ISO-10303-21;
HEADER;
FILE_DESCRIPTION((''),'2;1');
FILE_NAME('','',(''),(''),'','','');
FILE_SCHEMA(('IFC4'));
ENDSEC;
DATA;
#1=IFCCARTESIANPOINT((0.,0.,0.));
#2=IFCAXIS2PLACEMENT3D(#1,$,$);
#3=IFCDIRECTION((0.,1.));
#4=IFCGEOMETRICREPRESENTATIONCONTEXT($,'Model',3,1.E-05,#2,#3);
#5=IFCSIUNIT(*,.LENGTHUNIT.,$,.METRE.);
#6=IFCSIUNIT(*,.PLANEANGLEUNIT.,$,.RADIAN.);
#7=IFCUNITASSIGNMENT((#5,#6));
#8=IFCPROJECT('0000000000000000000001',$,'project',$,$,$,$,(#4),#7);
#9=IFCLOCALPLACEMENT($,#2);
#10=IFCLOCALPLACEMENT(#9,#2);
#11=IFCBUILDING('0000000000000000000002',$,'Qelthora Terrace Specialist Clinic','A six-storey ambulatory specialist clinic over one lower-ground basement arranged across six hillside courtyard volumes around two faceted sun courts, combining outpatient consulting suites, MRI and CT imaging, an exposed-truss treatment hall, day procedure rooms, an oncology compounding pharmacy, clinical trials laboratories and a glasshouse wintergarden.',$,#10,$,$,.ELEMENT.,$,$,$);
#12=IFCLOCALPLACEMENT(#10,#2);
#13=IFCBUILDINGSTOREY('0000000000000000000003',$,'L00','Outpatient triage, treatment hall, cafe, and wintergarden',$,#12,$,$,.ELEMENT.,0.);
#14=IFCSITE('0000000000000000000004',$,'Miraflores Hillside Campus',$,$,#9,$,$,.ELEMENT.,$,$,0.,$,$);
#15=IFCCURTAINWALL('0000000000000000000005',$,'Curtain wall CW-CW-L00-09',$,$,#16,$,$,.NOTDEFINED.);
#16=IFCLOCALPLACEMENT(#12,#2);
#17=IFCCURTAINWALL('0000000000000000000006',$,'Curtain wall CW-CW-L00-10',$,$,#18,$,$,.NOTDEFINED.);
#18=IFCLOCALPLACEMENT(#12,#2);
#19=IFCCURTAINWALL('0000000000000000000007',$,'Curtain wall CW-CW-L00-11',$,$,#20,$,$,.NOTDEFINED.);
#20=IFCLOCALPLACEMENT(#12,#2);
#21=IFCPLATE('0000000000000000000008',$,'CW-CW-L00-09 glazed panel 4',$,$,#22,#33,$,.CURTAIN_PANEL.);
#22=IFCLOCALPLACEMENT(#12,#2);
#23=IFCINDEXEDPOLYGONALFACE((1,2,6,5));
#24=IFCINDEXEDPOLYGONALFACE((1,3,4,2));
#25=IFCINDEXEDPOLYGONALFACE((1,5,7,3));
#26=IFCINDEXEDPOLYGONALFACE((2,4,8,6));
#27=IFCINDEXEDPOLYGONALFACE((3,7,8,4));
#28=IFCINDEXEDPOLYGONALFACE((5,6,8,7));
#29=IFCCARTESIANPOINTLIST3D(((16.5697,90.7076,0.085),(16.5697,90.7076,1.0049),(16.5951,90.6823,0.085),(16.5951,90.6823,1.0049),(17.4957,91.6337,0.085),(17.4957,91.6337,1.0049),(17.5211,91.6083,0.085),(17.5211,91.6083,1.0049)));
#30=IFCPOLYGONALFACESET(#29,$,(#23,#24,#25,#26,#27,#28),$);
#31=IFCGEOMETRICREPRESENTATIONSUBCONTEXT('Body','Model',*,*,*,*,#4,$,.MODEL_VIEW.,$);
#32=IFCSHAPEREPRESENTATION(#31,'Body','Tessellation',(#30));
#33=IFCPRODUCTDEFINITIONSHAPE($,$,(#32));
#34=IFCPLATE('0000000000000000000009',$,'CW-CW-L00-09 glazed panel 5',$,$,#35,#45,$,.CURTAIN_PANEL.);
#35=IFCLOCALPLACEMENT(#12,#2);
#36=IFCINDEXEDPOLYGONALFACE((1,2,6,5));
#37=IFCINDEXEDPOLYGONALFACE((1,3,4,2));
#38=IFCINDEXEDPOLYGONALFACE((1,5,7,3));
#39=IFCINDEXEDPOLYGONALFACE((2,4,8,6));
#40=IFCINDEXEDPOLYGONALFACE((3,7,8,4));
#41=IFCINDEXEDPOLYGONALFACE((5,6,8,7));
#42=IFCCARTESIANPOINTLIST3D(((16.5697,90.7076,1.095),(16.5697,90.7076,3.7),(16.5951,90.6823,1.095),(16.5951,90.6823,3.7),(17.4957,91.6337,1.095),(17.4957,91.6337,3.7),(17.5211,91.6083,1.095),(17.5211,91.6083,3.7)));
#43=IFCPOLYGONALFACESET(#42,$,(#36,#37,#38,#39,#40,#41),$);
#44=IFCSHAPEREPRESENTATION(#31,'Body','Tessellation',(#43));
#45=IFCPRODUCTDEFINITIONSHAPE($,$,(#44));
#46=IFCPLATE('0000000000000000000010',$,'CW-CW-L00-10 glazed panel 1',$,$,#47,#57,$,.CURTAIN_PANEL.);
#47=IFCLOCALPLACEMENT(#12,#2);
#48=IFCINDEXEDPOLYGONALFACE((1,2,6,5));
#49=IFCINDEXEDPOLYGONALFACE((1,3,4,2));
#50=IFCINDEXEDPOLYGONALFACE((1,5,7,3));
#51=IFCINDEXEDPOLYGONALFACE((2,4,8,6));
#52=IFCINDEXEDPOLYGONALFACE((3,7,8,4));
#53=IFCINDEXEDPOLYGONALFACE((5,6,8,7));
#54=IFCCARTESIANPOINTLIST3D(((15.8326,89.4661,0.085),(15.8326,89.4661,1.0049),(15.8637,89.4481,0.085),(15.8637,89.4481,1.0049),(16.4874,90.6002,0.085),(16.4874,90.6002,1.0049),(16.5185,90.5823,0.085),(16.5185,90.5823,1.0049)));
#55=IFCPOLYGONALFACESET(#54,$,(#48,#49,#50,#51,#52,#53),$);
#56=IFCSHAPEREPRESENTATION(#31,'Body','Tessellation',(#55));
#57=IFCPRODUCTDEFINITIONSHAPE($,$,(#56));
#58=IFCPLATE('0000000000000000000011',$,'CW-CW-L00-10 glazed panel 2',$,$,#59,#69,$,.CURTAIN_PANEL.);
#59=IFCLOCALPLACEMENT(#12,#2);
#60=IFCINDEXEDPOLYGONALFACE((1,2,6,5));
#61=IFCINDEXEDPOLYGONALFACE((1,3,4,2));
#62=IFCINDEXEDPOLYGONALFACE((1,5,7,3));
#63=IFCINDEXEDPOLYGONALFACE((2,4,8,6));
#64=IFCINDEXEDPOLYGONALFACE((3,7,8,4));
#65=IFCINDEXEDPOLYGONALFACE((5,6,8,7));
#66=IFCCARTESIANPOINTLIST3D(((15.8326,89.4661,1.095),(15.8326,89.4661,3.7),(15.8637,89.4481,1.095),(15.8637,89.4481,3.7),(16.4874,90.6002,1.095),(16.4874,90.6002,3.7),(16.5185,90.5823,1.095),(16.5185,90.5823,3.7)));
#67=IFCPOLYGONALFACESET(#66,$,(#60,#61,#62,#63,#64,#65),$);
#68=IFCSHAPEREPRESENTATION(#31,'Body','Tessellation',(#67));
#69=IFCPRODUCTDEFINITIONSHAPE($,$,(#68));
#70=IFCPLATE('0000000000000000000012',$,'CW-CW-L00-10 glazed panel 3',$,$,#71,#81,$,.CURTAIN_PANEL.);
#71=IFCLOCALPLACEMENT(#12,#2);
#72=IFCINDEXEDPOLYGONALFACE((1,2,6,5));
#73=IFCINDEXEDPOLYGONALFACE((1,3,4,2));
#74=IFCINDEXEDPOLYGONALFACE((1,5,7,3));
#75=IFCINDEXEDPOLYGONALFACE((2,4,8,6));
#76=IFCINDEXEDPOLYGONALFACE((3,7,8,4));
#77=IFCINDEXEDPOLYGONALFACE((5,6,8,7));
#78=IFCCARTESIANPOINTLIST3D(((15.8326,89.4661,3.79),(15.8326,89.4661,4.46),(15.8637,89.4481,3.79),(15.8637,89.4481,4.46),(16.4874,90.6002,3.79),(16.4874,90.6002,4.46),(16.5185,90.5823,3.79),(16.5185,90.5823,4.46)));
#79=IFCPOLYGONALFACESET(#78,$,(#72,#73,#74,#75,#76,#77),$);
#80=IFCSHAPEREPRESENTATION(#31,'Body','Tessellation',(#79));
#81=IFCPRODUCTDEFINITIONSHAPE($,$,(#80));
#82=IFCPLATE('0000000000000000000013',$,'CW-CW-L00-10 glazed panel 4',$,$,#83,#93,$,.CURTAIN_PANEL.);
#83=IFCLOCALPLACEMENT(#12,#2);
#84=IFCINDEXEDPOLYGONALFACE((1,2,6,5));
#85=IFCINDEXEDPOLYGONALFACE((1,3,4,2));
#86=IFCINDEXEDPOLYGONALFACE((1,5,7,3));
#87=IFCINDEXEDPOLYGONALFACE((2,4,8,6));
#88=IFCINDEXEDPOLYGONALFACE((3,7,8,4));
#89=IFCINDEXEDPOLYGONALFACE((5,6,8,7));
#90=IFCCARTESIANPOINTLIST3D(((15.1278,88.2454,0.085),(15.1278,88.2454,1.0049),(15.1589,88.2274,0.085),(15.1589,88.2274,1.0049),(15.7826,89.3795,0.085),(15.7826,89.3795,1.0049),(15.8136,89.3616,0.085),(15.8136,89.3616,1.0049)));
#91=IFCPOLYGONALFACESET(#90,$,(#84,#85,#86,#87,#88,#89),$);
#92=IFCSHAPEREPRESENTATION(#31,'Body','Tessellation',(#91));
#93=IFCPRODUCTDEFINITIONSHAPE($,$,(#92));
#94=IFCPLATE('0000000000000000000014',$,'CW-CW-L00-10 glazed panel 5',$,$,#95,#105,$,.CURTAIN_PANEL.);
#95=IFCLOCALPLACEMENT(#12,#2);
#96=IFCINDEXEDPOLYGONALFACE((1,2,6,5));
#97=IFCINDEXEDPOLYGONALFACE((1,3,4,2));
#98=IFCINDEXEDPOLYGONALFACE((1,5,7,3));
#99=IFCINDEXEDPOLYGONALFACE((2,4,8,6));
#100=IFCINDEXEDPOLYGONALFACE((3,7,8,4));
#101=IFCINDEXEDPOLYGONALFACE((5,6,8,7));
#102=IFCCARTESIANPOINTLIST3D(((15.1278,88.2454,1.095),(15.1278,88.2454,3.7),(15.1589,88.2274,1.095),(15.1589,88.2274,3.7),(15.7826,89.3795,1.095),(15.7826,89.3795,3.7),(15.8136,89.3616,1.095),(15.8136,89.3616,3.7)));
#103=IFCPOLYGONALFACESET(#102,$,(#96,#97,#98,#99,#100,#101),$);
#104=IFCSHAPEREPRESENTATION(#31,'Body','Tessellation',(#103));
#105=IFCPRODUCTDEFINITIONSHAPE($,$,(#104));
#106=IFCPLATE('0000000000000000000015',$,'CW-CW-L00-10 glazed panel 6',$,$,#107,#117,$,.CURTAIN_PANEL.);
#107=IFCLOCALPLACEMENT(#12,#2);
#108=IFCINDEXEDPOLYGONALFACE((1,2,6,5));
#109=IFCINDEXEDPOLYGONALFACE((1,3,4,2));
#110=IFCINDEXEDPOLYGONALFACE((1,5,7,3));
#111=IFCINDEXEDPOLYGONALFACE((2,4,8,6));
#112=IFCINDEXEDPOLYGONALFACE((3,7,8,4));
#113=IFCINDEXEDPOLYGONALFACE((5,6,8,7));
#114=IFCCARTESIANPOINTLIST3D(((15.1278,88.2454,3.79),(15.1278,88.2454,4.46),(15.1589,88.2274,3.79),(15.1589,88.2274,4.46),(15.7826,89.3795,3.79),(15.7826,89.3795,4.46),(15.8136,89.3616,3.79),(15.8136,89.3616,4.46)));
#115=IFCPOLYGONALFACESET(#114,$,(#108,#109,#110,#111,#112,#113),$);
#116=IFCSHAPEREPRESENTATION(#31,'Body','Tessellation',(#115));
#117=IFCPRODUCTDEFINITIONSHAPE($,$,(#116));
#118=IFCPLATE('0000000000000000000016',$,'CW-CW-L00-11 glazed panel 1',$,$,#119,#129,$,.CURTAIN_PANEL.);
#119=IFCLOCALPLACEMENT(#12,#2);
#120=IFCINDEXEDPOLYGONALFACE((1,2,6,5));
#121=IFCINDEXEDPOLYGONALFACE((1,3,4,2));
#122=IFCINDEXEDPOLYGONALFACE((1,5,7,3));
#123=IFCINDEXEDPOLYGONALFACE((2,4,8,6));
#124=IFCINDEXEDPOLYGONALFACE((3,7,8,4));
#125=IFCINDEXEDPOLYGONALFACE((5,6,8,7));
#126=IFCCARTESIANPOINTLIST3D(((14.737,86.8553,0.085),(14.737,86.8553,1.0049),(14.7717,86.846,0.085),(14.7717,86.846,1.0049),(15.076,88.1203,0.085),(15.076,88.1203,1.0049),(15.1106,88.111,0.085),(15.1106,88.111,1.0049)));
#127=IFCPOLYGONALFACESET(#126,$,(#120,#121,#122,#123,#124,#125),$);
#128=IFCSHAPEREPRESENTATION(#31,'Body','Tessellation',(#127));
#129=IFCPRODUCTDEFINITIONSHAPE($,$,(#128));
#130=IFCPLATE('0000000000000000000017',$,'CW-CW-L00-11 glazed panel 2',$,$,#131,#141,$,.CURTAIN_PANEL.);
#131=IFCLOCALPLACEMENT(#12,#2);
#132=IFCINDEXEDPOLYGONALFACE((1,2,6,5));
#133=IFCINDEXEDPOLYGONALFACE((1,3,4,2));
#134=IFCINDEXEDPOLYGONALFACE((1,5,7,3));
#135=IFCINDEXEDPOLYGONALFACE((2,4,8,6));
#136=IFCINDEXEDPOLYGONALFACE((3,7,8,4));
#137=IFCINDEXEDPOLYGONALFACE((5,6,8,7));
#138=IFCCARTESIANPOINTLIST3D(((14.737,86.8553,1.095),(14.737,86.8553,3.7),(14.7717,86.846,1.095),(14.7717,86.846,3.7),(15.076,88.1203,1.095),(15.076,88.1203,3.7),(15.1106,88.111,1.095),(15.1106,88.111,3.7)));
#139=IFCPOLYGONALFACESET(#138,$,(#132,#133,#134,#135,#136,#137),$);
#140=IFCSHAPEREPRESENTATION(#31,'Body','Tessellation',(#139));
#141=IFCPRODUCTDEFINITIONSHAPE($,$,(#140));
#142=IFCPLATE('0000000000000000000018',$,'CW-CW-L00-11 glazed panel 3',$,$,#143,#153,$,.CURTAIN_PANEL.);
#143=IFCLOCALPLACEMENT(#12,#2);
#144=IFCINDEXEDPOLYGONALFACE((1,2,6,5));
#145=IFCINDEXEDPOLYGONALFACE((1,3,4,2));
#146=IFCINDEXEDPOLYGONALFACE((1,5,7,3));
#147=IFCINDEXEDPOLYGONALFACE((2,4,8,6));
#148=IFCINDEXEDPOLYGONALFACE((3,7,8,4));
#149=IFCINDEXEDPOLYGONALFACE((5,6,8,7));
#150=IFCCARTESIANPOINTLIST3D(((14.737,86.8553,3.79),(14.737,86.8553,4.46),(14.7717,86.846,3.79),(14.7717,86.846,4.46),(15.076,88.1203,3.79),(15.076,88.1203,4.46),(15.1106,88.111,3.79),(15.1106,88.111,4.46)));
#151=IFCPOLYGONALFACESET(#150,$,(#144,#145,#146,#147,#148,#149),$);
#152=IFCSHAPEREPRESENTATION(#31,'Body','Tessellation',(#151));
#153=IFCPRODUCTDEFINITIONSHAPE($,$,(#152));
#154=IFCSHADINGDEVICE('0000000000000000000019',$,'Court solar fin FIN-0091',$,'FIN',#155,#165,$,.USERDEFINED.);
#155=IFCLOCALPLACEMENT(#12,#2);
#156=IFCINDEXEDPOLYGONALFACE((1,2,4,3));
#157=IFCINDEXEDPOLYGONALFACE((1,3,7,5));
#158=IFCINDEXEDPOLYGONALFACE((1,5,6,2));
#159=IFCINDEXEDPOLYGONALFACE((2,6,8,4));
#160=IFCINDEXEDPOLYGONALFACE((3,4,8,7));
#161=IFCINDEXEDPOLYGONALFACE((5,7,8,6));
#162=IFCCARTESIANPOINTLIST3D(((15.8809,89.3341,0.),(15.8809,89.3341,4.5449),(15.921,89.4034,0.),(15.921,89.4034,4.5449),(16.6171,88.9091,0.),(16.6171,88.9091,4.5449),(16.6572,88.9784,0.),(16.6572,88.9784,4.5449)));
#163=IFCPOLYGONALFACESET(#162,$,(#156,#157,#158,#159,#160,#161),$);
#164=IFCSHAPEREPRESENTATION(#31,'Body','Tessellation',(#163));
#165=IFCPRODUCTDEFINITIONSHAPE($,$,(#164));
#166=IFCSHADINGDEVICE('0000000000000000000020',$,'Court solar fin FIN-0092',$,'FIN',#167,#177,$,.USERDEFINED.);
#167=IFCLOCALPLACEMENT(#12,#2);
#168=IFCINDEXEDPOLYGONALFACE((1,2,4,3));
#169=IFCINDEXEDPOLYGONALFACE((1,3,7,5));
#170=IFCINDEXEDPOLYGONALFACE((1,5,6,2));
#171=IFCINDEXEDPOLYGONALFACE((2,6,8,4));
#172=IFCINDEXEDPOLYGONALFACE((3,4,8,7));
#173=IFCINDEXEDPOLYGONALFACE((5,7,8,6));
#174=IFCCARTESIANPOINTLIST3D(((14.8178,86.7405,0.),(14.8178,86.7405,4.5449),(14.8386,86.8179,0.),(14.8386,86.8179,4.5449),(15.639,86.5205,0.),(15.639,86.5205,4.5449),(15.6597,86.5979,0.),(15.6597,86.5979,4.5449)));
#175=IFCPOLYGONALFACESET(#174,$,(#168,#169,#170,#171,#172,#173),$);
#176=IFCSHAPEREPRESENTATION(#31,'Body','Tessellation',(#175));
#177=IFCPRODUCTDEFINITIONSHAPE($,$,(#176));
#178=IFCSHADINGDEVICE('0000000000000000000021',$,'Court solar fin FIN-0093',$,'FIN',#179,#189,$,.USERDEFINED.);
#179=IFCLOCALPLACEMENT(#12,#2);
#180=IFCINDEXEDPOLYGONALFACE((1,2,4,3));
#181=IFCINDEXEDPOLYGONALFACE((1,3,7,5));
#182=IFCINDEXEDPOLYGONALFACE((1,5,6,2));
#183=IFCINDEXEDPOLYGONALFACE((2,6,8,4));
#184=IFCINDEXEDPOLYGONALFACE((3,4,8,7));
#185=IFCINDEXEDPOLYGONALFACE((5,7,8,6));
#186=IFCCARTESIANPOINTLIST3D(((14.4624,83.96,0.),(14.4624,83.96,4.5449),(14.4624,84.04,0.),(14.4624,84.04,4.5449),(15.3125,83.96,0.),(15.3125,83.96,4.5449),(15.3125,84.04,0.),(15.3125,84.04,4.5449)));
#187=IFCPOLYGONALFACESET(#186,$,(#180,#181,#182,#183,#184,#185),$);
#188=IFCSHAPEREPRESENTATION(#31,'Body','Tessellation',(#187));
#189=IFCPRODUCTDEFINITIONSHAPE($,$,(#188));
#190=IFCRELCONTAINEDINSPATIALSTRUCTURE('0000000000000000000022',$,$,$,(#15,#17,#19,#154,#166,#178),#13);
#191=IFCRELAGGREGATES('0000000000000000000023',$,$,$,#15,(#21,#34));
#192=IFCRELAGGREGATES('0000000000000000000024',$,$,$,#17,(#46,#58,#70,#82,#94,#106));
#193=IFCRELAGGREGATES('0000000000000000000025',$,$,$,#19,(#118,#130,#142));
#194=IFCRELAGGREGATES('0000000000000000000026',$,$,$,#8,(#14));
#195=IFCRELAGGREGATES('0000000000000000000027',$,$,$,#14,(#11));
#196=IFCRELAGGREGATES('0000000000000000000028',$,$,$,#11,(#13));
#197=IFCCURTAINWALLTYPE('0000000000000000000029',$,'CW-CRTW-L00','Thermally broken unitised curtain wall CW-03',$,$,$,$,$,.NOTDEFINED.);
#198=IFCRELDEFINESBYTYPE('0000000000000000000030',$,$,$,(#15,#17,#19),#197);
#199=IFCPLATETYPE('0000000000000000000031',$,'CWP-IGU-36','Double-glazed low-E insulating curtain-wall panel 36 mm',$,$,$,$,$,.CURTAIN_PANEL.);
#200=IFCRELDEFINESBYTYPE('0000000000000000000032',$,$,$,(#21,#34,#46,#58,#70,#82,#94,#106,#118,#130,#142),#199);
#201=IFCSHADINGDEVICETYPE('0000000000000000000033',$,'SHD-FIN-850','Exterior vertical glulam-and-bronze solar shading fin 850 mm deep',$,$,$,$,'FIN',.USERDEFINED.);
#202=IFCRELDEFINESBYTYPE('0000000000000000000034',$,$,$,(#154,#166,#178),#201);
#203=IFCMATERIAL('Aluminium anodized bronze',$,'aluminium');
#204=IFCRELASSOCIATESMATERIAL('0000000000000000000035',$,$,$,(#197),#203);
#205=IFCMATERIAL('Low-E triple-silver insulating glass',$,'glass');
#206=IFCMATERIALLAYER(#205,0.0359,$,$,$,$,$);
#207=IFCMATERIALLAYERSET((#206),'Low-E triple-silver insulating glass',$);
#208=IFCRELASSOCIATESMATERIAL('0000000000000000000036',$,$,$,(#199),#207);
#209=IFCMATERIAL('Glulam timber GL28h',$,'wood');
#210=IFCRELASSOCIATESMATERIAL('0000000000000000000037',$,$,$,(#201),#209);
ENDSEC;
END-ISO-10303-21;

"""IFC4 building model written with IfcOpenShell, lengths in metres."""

from ifc_helpers import new_model, si_unit, direction, frame, origin, origin_2d, place, context, subcontext, project, spatial, rectangle, extrude, material, layer, layer_set, type_object, element, aggregate, save


model = new_model("IFC4")

# Units and contexts
model_context = context("Model", 3, precision=1e-05, world=origin(), true_north=direction((0.0, 1.0)))
body_context = subcontext(model_context, "Body", "Model", "MODEL_VIEW")
ifc_project = project(units=[si_unit("LENGTHUNIT", "METRE"), si_unit("PLANEANGLEUNIT", "RADIAN")], contexts=[model_context])

# Site, building, storey
site_placement = place(None, origin())
site = spatial("IfcSite", under=ifc_project, at=site_placement, Name="Miraflores Hillside Campus", CompositionType="ELEMENT", RefElevation=0.0)
building_placement = place(site_placement, origin())
building = spatial("IfcBuilding", under=site, at=building_placement, Name="Qelthora Terrace Specialist Clinic", Description="A six-storey ambulatory specialist clinic over one lower-ground basement arranged across six hillside courtyard volumes around two faceted sun courts, combining outpatient consulting suites, MRI and CT imaging, an exposed-truss treatment hall, day procedure rooms, an oncology compounding pharmacy, clinical trials laboratories and a glasshouse wintergarden.", CompositionType="ELEMENT")
storey_placement = place(building_placement, origin())
storey = spatial("IfcBuildingStorey", under=building, at=storey_placement, Name="L00", Description="Outpatient triage, treatment hall, cafe, and wintergarden", CompositionType="ELEMENT", Elevation=0.0)

# Curtain wall
ifc_material_1 = material(Name="Aluminium anodized bronze", Category="aluminium")
curtain_wall_type = type_object("IfcCurtainWallType", Name="CW-CRTW-L00", Description="Thermally broken unitised curtain wall CW-03", PredefinedType="NOTDEFINED", material=ifc_material_1)
curtain_wall_1_placement = place(storey_placement, origin())
curtain_wall_1 = element("IfcCurtainWall", 1, at=curtain_wall_1_placement, inside=storey, type_object=curtain_wall_type, Name="Curtain wall CW-CW-L00-09", PredefinedType="NOTDEFINED")

# Curtain walls
curtain_wall_2_placement = place(storey_placement, origin())
curtain_wall_2 = element("IfcCurtainWall", 2, at=curtain_wall_2_placement, inside=storey, type_object=curtain_wall_type, Name="Curtain wall CW-CW-L00-10", PredefinedType="NOTDEFINED")
curtain_wall_3_placement = place(storey_placement, origin())
curtain_wall_3 = element("IfcCurtainWall", 3, at=curtain_wall_3_placement, inside=storey, type_object=curtain_wall_type, Name="Curtain wall CW-CW-L00-11", PredefinedType="NOTDEFINED")

# Plates
ifc_material_2 = material(Name="Low-E triple-silver insulating glass", Category="glass")
ifc_layer = layer(ifc_material_2, 0.0359)
ifc_layer_set = layer_set([ifc_layer], Name="Low-E triple-silver insulating glass")
plate_type = type_object("IfcPlateType", Name="CWP-IGU-36", Description="Double-glazed low-E insulating curtain-wall panel 36 mm", PredefinedType="CURTAIN_PANEL", material=ifc_layer_set)
plate_1_placement = place(storey_placement, frame((17.0454, 91.158, 0.085), z_axis=(0.0, 0.0, 1.0), x_axis=(-0.707107, -0.707107, 0.0)))
plate_1 = element("IfcPlate", 4, at=plate_1_placement, type_object=plate_type, Name="CW-CW-L00-09 glazed panel 4", PredefinedType="CURTAIN_PANEL", context=body_context, shape_type="SweptSolid", body=[
    extrude(rectangle(XDim=1.3096, YDim=0.0359, at=origin_2d()), origin(), (0.0, 0.0, 1.0), 0.9199),
])
plate_2_placement = place(storey_placement, frame((17.0454, 91.158, 1.095), z_axis=(0.0, 0.0, 1.0), x_axis=(-0.707107, -0.707107, 0.0)))
plate_2 = element("IfcPlate", 5, at=plate_2_placement, type_object=plate_type, Name="CW-CW-L00-09 glazed panel 5", PredefinedType="CURTAIN_PANEL", context=body_context, shape_type="SweptSolid", body=[
    extrude(rectangle(XDim=1.3096, YDim=0.0359, at=origin_2d()), origin(), (0.0, 0.0, 1.0), 2.605),
])
aggregate(curtain_wall_1, [plate_1, plate_2])
plate_3_placement = place(storey_placement, frame((16.1755, 90.0242, 0.085), z_axis=(0.0, 0.0, 1.0), x_axis=(-0.5, -0.866025, 0.0)))
plate_3 = element("IfcPlate", 6, at=plate_3_placement, type_object=plate_type, Name="CW-CW-L00-10 glazed panel 1", PredefinedType="CURTAIN_PANEL", context=body_context, shape_type="SweptSolid", body=[
    extrude(rectangle(XDim=1.3096, YDim=0.0359, at=origin_2d()), origin(), (0.0, 0.0, 1.0), 0.9199),
])
plate_4_placement = place(storey_placement, frame((16.1755, 90.0242, 1.095), z_axis=(0.0, 0.0, 1.0), x_axis=(-0.5, -0.866025, 0.0)))
plate_4 = element("IfcPlate", 7, at=plate_4_placement, type_object=plate_type, Name="CW-CW-L00-10 glazed panel 2", PredefinedType="CURTAIN_PANEL", context=body_context, shape_type="SweptSolid", body=[
    extrude(rectangle(XDim=1.3096, YDim=0.0359, at=origin_2d()), origin(), (0.0, 0.0, 1.0), 2.605),
])
plate_5_placement = place(storey_placement, frame((16.1755, 90.0242, 3.79), z_axis=(0.0, 0.0, 1.0), x_axis=(-0.5, -0.866025, 0.0)))
plate_5 = element("IfcPlate", 8, at=plate_5_placement, type_object=plate_type, Name="CW-CW-L00-10 glazed panel 3", PredefinedType="CURTAIN_PANEL", context=body_context, shape_type="SweptSolid", body=[
    extrude(rectangle(XDim=1.3096, YDim=0.0359, at=origin_2d()), origin(), (0.0, 0.0, 1.0), 0.6699),
])
plate_6_placement = place(storey_placement, frame((15.4707, 88.8035, 0.085), z_axis=(0.0, 0.0, 1.0), x_axis=(-0.5, -0.866025, 0.0)))
plate_6 = element("IfcPlate", 9, at=plate_6_placement, type_object=plate_type, Name="CW-CW-L00-10 glazed panel 4", PredefinedType="CURTAIN_PANEL", context=body_context, shape_type="SweptSolid", body=[
    extrude(rectangle(XDim=1.3096, YDim=0.0359, at=origin_2d()), origin(), (0.0, 0.0, 1.0), 0.9199),
])
plate_7_placement = place(storey_placement, frame((15.4707, 88.8035, 1.095), z_axis=(0.0, 0.0, 1.0), x_axis=(-0.5, -0.866025, 0.0)))
plate_7 = element("IfcPlate", 10, at=plate_7_placement, type_object=plate_type, Name="CW-CW-L00-10 glazed panel 5", PredefinedType="CURTAIN_PANEL", context=body_context, shape_type="SweptSolid", body=[
    extrude(rectangle(XDim=1.3096, YDim=0.0359, at=origin_2d()), origin(), (0.0, 0.0, 1.0), 2.605),
])
plate_8_placement = place(storey_placement, frame((15.4707, 88.8035, 3.79), z_axis=(0.0, 0.0, 1.0), x_axis=(-0.5, -0.866025, 0.0)))
plate_8 = element("IfcPlate", 11, at=plate_8_placement, type_object=plate_type, Name="CW-CW-L00-10 glazed panel 6", PredefinedType="CURTAIN_PANEL", context=body_context, shape_type="SweptSolid", body=[
    extrude(rectangle(XDim=1.3096, YDim=0.0359, at=origin_2d()), origin(), (0.0, 0.0, 1.0), 0.6699),
])
aggregate(curtain_wall_2, [plate_3, plate_4, plate_5, plate_6, plate_7, plate_8])
plate_9_placement = place(storey_placement, frame((14.9238, 87.4832, 0.085), z_axis=(0.0, 0.0, 1.0), x_axis=(-0.258821, -0.965925, 0.0)))
plate_9 = element("IfcPlate", 12, at=plate_9_placement, type_object=plate_type, Name="CW-CW-L00-11 glazed panel 1", PredefinedType="CURTAIN_PANEL", context=body_context, shape_type="SweptSolid", body=[
    extrude(rectangle(XDim=1.3096, YDim=0.0359, at=origin_2d()), origin(), (0.0, 0.0, 1.0), 0.9199),
])
plate_10_placement = place(storey_placement, frame((14.9238, 87.4832, 1.095), z_axis=(0.0, 0.0, 1.0), x_axis=(-0.258821, -0.965925, 0.0)))
plate_10 = element("IfcPlate", 13, at=plate_10_placement, type_object=plate_type, Name="CW-CW-L00-11 glazed panel 2", PredefinedType="CURTAIN_PANEL", context=body_context, shape_type="SweptSolid", body=[
    extrude(rectangle(XDim=1.3096, YDim=0.0359, at=origin_2d()), origin(), (0.0, 0.0, 1.0), 2.605),
])
plate_11_placement = place(storey_placement, frame((14.9238, 87.4832, 3.79), z_axis=(0.0, 0.0, 1.0), x_axis=(-0.258821, -0.965925, 0.0)))
plate_11 = element("IfcPlate", 14, at=plate_11_placement, type_object=plate_type, Name="CW-CW-L00-11 glazed panel 3", PredefinedType="CURTAIN_PANEL", context=body_context, shape_type="SweptSolid", body=[
    extrude(rectangle(XDim=1.3096, YDim=0.0359, at=origin_2d()), origin(), (0.0, 0.0, 1.0), 0.6699),
])
aggregate(curtain_wall_3, [plate_9, plate_10, plate_11])

# Shading devices
ifc_material_3 = material(Name="Glulam timber GL28h", Category="wood")
shading_device_type = type_object("IfcShadingDeviceType", Name="SHD-FIN-850", Description="Exterior vertical glulam-and-bronze solar shading fin 850 mm deep", ElementType="FIN", PredefinedType="USERDEFINED", material=ifc_material_3)
for number, where, z_axis, x_axis, name in (
    (15, (16.269, 89.1562, 0.0), (0.0, 0.0, 1.0), (0.866025, -0.5, 0.0), "Court solar fin FIN-0091"),
    (16, (15.2388, 86.6692, 0.0), (0.0, 0.0, 1.0), (0.965926, -0.258819, 0.0), "Court solar fin FIN-0092"),
    (17, (14.8875, 84.0, 0.0), (0.0, 0.0, 1.0), (1.0, 0.0, 0.0), "Court solar fin FIN-0093"),
):
    element("IfcShadingDevice", number, at=place(storey_placement, frame(where, z_axis=z_axis, x_axis=x_axis)), inside=storey, type_object=shading_device_type, Name=name, ObjectType="FIN", PredefinedType="USERDEFINED", context=body_context, shape_type="SweptSolid", body=[
        extrude(rectangle(XDim=0.8501, YDim=0.0801, at=origin_2d()), origin(), (0.0, 0.0, 1.0), 4.5449),
    ])

save(model, "model.ifc")
